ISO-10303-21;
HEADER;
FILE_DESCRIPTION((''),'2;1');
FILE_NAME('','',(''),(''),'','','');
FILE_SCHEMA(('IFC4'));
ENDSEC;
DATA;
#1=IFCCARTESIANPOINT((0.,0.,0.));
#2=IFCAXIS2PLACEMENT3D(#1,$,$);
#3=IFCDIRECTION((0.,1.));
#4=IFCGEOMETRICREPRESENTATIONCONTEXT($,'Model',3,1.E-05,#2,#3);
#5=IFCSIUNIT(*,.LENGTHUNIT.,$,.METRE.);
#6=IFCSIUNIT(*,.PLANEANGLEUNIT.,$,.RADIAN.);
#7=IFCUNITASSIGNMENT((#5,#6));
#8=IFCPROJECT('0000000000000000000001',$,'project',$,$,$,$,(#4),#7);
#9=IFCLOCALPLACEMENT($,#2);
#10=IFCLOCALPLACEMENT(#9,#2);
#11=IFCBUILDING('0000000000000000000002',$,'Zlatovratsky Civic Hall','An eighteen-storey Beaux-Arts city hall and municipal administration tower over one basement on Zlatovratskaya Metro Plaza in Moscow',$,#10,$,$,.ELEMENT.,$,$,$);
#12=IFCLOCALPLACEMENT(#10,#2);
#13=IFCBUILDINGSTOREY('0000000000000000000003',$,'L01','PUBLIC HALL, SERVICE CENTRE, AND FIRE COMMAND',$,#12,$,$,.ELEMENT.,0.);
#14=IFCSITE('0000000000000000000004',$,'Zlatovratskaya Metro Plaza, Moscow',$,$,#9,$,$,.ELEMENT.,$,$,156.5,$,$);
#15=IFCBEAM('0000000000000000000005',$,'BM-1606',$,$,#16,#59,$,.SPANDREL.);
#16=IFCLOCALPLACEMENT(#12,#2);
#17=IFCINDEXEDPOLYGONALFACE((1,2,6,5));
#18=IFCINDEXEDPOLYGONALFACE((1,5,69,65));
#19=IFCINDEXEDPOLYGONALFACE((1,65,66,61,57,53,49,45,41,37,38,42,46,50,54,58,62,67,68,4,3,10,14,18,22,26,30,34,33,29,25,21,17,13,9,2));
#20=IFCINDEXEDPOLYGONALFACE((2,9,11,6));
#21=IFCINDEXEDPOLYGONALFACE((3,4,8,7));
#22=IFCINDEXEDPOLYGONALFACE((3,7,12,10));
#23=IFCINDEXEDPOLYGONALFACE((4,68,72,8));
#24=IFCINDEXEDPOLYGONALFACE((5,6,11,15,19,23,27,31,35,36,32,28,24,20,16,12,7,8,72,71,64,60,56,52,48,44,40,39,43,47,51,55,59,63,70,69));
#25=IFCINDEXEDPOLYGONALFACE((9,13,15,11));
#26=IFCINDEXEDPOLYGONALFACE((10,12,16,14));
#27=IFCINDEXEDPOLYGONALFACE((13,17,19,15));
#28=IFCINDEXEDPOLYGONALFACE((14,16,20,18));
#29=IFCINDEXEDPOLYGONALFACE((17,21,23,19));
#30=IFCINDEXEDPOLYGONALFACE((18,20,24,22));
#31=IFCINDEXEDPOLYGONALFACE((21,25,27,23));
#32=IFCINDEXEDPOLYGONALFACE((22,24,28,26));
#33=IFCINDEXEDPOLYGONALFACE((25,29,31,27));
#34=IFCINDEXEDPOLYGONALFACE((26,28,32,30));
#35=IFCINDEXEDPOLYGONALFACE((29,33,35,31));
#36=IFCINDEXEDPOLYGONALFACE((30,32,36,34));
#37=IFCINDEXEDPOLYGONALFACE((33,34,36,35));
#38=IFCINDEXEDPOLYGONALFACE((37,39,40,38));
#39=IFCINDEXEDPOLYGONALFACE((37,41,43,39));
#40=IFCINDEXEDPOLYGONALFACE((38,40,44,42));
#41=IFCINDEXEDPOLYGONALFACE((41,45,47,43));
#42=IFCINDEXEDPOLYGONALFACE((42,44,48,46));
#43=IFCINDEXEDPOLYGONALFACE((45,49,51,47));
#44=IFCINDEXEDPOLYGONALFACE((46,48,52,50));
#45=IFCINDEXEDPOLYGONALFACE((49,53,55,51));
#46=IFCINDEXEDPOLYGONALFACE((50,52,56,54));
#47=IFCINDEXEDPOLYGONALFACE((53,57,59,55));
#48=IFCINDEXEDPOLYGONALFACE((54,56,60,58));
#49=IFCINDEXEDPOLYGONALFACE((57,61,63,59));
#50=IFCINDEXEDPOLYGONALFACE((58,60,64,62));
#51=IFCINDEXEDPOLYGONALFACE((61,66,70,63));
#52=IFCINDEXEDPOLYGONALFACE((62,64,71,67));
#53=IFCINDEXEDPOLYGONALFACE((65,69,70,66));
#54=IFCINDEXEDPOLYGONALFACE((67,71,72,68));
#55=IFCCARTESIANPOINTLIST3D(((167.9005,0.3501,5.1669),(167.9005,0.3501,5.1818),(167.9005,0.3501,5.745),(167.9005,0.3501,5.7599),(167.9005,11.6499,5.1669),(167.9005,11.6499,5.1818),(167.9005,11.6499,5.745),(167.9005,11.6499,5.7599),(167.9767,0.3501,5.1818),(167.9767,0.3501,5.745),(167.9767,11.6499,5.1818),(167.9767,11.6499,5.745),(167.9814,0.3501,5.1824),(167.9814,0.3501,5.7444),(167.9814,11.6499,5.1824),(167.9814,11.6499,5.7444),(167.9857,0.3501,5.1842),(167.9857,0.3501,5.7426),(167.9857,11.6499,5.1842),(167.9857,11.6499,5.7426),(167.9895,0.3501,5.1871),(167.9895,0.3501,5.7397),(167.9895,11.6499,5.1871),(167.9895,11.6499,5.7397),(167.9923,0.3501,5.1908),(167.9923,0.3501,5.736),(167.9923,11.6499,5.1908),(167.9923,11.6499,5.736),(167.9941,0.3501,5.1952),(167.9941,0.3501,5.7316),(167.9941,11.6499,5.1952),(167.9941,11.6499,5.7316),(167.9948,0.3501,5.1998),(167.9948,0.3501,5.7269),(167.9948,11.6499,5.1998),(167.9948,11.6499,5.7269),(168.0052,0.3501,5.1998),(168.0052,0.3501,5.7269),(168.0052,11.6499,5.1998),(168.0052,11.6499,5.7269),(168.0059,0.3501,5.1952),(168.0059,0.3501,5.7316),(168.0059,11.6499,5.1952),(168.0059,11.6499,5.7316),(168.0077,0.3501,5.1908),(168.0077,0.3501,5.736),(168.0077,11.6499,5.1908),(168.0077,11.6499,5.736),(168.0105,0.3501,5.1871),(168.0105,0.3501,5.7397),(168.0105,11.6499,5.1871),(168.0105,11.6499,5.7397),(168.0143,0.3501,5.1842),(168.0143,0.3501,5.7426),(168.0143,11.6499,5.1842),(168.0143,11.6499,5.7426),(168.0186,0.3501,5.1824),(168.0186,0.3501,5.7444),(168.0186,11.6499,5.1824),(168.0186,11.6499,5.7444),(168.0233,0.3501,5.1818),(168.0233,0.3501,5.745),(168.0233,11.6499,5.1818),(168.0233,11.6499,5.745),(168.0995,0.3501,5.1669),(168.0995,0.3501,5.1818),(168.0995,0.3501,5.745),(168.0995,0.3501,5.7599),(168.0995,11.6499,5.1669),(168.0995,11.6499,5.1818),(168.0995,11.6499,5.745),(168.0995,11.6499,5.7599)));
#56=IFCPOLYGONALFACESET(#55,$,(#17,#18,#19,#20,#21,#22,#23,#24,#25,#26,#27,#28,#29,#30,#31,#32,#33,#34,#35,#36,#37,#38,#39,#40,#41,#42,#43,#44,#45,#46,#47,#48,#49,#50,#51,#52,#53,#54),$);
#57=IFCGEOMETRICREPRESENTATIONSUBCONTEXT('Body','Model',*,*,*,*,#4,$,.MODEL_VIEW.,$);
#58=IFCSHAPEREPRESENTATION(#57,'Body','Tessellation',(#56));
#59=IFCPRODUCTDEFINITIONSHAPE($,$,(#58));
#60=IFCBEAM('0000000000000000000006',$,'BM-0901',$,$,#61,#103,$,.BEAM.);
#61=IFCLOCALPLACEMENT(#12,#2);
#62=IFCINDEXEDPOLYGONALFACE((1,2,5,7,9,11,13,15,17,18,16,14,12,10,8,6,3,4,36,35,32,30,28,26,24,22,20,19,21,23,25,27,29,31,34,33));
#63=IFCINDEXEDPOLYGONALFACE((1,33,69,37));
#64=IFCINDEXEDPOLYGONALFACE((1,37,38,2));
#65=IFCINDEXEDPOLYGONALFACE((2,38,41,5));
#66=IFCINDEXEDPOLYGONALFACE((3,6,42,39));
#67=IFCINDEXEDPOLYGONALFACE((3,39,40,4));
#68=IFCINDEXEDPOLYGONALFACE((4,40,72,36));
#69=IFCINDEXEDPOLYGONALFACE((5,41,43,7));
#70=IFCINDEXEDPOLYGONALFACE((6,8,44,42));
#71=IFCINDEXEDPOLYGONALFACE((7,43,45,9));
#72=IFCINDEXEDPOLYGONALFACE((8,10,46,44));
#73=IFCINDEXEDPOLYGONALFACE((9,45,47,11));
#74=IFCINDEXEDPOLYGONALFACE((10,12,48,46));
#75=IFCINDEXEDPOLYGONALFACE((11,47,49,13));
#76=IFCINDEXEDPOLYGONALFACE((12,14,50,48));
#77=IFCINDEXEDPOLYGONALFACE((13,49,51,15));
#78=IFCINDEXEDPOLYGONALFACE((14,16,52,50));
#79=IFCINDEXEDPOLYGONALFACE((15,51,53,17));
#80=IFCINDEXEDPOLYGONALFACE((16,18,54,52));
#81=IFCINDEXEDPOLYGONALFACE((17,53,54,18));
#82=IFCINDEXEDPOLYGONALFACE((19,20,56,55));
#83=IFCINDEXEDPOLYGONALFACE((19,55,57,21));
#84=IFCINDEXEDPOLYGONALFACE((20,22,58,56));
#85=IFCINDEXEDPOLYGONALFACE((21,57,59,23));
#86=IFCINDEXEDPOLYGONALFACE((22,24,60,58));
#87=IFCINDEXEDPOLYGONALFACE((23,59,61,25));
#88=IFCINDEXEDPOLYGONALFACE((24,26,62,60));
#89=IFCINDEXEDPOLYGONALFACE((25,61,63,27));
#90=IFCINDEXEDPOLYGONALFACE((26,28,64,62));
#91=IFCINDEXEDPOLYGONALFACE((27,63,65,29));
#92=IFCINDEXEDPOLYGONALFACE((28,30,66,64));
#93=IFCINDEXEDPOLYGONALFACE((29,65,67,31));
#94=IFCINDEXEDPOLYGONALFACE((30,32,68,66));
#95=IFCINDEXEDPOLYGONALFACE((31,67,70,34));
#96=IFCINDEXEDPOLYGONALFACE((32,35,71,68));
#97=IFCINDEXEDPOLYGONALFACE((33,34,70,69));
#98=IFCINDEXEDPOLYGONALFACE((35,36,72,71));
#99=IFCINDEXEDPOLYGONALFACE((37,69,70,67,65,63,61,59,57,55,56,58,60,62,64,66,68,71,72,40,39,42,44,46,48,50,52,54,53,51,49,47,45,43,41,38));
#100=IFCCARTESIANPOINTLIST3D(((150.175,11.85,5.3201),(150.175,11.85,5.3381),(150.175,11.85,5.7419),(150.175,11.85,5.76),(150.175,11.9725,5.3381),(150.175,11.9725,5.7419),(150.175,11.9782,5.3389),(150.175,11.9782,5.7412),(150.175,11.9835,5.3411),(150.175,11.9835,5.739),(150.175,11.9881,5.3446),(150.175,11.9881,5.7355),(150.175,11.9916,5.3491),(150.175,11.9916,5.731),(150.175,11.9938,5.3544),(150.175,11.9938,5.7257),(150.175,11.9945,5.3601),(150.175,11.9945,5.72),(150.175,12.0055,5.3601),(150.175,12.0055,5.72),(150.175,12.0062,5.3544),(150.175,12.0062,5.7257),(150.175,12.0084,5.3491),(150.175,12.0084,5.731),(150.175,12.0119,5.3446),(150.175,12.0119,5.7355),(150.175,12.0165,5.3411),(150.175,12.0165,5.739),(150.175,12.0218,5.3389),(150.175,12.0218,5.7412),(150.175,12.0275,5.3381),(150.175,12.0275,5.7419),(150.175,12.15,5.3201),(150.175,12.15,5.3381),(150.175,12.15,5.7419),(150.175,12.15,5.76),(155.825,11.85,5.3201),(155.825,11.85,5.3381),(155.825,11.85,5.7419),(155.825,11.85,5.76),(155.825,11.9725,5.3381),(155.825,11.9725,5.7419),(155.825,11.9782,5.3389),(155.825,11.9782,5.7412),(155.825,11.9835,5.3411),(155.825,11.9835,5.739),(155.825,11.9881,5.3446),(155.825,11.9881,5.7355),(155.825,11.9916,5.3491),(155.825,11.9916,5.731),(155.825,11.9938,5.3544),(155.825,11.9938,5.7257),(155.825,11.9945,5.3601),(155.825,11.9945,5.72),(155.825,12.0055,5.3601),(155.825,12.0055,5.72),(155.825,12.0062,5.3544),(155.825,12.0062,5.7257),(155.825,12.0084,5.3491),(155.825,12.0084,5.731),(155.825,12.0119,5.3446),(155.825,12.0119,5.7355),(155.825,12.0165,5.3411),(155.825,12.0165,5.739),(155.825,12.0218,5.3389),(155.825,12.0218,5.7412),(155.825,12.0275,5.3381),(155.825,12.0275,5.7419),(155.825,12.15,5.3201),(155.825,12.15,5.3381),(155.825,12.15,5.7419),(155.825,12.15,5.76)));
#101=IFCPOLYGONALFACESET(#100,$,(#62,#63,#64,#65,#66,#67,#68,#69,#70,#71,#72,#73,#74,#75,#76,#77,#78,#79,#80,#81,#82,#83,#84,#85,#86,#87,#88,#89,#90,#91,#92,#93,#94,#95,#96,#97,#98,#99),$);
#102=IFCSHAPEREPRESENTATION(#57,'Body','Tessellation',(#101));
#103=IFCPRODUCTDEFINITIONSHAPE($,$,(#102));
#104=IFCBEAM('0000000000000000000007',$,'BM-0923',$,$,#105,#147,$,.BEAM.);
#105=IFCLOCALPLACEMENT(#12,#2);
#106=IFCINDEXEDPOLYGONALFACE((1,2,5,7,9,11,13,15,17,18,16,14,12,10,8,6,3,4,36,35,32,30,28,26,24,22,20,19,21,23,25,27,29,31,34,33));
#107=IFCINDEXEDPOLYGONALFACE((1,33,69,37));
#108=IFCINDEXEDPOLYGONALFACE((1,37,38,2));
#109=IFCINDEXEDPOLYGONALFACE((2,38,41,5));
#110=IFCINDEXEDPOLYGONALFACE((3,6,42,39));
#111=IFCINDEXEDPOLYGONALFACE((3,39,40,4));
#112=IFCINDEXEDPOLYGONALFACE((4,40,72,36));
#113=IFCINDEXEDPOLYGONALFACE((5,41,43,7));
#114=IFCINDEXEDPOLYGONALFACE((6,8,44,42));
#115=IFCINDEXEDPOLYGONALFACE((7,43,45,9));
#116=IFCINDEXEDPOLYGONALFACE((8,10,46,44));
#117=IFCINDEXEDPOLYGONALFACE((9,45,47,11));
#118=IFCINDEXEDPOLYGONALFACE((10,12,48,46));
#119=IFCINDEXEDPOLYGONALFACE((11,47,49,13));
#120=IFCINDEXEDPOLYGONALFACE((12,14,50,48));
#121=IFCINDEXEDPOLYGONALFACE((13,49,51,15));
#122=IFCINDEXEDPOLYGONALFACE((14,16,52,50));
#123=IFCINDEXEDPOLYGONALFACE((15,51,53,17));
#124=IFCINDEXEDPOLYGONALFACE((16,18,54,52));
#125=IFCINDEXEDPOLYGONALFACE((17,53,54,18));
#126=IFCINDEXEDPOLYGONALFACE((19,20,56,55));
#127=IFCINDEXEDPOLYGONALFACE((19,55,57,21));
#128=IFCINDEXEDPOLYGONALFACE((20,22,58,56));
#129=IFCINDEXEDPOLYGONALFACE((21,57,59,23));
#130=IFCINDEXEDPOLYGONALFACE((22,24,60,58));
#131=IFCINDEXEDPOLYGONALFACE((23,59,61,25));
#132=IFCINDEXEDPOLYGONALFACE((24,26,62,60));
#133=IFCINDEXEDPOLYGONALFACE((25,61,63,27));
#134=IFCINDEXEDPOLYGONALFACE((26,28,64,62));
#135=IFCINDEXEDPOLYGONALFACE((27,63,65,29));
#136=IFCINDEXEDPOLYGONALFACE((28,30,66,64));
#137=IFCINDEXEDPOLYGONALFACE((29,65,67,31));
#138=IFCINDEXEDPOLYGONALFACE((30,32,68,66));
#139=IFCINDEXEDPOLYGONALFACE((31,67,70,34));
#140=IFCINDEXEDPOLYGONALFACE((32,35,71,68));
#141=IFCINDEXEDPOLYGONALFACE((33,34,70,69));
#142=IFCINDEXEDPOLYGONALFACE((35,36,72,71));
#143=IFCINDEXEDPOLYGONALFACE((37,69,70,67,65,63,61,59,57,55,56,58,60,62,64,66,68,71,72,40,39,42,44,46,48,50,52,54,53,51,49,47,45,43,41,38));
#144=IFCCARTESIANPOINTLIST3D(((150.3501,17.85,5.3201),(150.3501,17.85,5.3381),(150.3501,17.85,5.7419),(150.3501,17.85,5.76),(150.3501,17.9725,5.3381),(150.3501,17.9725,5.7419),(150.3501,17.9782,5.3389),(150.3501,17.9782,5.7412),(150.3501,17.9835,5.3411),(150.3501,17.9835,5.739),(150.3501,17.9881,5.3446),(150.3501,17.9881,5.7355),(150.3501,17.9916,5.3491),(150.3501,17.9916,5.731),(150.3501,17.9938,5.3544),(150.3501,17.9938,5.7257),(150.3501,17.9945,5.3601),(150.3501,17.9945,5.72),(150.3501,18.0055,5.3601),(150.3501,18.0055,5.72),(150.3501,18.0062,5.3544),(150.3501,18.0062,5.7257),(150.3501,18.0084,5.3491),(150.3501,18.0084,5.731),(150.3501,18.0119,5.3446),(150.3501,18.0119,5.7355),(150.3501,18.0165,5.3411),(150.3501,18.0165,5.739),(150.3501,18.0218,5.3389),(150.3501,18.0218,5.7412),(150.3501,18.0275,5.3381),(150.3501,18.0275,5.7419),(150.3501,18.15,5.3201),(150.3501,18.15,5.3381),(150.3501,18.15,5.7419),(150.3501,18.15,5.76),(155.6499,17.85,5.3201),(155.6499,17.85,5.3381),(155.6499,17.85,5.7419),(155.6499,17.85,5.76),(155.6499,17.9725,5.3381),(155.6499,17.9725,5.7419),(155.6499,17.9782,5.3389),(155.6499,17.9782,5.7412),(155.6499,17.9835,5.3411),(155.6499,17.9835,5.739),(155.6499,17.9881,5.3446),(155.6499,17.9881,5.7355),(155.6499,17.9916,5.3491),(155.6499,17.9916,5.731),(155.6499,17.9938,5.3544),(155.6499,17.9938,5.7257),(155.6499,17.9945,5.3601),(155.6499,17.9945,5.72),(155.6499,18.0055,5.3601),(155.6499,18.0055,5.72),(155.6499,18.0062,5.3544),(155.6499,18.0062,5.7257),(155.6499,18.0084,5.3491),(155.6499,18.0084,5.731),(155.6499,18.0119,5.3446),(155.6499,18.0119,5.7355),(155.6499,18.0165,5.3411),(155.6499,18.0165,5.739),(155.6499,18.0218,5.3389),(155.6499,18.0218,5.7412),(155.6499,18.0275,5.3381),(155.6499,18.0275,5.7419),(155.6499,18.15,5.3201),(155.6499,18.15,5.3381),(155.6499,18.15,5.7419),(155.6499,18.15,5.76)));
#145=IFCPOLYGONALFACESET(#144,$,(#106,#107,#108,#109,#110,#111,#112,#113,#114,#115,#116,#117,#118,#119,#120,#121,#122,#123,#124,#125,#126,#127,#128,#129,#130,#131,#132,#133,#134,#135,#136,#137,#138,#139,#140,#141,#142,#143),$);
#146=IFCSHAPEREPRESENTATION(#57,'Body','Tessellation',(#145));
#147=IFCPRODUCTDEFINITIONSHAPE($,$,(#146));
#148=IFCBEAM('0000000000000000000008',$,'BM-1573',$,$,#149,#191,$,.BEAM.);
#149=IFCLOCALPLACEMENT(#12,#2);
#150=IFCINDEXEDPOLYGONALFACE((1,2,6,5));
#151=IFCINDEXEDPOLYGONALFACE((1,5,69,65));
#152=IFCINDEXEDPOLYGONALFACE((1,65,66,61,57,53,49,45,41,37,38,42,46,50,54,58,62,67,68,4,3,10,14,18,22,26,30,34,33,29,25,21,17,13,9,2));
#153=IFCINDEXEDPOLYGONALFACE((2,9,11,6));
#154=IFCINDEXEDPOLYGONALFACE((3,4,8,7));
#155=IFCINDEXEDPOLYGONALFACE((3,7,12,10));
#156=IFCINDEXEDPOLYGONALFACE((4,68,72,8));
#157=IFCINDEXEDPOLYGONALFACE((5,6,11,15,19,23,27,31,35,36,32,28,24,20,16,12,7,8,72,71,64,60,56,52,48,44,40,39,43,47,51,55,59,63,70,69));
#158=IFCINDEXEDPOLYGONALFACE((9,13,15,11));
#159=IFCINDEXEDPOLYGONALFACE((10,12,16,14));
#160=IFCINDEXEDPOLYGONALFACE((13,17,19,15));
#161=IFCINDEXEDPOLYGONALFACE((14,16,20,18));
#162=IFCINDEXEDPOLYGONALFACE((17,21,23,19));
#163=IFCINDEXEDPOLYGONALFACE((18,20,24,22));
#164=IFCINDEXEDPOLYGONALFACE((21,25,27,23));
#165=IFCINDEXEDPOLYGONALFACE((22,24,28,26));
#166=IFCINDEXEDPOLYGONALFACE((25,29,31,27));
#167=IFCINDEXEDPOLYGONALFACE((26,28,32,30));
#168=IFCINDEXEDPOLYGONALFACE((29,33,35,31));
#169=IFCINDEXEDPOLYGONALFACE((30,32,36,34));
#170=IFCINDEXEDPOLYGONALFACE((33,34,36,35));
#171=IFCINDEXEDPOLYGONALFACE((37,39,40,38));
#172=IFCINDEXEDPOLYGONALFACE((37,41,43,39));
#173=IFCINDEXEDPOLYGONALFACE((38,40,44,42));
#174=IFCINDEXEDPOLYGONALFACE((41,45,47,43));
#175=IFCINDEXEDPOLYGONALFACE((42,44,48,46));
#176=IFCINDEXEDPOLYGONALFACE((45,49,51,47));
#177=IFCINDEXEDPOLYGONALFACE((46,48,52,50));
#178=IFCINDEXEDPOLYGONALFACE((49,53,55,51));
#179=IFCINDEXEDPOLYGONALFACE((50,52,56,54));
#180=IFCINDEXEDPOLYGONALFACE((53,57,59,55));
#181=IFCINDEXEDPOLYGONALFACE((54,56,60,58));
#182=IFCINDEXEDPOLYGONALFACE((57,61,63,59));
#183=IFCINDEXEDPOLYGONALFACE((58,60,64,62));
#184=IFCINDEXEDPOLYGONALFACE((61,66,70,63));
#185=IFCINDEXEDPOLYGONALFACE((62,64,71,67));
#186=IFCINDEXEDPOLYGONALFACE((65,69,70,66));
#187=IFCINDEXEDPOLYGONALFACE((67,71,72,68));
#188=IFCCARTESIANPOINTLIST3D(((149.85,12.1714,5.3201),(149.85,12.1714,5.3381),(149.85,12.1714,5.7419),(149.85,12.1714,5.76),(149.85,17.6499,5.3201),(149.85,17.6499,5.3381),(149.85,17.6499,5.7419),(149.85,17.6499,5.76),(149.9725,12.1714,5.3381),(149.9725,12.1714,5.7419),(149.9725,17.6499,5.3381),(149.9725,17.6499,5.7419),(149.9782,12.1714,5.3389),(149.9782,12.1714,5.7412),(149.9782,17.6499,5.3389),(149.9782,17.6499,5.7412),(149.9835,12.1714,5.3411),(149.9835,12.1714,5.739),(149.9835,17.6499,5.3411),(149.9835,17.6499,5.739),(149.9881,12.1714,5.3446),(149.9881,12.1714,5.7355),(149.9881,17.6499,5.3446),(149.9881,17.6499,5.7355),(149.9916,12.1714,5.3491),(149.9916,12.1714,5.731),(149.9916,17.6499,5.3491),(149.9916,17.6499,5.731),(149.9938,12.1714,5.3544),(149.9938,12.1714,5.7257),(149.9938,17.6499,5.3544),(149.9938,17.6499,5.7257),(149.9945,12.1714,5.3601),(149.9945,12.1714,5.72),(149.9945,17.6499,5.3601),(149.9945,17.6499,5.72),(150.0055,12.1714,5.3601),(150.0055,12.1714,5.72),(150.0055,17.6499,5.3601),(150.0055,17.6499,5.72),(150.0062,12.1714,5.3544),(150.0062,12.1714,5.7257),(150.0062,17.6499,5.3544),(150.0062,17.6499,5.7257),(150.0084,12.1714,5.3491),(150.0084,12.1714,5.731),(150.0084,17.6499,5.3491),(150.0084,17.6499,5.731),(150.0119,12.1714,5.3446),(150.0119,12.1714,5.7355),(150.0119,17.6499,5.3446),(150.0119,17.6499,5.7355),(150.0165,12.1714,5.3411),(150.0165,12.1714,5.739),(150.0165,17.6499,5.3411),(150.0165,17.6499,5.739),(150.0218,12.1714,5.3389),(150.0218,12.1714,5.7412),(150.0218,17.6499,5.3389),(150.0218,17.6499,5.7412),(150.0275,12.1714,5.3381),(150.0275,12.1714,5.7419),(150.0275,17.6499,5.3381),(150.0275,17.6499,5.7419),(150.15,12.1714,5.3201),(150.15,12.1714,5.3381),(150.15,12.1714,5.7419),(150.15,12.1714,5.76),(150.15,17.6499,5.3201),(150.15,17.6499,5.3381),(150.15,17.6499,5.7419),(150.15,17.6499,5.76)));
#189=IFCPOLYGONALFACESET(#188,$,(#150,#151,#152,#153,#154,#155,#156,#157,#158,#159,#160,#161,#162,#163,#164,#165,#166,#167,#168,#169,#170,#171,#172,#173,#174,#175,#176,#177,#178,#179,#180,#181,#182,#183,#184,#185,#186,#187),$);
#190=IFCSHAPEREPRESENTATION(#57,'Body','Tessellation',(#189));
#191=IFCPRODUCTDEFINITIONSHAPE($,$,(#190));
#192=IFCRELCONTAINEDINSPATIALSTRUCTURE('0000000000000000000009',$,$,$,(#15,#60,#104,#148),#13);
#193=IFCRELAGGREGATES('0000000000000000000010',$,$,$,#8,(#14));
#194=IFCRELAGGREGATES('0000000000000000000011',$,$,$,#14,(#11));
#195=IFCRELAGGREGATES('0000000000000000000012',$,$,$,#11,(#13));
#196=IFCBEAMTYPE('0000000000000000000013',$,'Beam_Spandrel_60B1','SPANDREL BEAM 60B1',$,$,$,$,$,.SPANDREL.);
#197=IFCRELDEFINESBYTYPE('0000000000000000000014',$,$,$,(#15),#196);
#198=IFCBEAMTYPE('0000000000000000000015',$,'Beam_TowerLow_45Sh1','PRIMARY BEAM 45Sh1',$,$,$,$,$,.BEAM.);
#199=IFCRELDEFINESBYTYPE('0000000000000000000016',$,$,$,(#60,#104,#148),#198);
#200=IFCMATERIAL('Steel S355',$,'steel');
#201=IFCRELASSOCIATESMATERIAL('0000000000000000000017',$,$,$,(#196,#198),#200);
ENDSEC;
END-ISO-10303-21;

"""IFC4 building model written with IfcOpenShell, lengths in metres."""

from ifc_helpers import new_model, si_unit, direction, frame, origin, origin_2d, place, context, subcontext, project, spatial, i_section, extrude, material, material_profile, profile_set, type_object, element, save


model = new_model("IFC4")

# Units and contexts
model_context = context("Model", 3, precision=1e-05, world=origin(), true_north=direction((0.0, 1.0)))
body_context = subcontext(model_context, "Body", "Model", "MODEL_VIEW")
ifc_project = project(units=[si_unit("LENGTHUNIT", "METRE"), si_unit("PLANEANGLEUNIT", "RADIAN")], contexts=[model_context])

# Site, building, storey
site_placement = place(None, origin())
site = spatial("IfcSite", under=ifc_project, at=site_placement, Name="Zlatovratskaya Metro Plaza, Moscow", CompositionType="ELEMENT", RefElevation=156.5)
building_placement = place(site_placement, origin())
building = spatial("IfcBuilding", under=site, at=building_placement, Name="Zlatovratsky Civic Hall", Description="An eighteen-storey Beaux-Arts city hall and municipal administration tower over one basement on Zlatovratskaya Metro Plaza in Moscow", CompositionType="ELEMENT")
storey_placement = place(building_placement, origin())
storey = spatial("IfcBuildingStorey", under=building, at=storey_placement, Name="L01", Description="PUBLIC HALL, SERVICE CENTRE, AND FIRE COMMAND", CompositionType="ELEMENT", Elevation=0.0)

# Shared definitions
ifc_material_1 = material(Name="Steel S355", Category="steel")

# Beams
ifc_material_profile_1 = material_profile(ifc_material_1, i_section(OverallWidth=0.199, OverallDepth=0.593, WebThickness=0.0105, FlangeThickness=0.0149, FilletRadius=0.0181, at=origin_2d()), Name="60B1")
ifc_profile_set_1 = profile_set([ifc_material_profile_1], Name="Steel S355")
beam_type_1 = type_object("IfcBeamType", Name="Beam_Spandrel_60B1", Description="SPANDREL BEAM 60B1", PredefinedType="SPANDREL", material=ifc_profile_set_1)
for number, where, z_axis, x_axis, name in (
    (1, (168.0, 0.3501, 5.4634), (0.0, 1.0, 0.0), (-1.0, 0.0, 0.0), "BM-1606"),
):
    element("IfcBeam", number, at=place(storey_placement, frame(where, z_axis=z_axis, x_axis=x_axis)), inside=storey, type_object=beam_type_1, Name=name, PredefinedType="SPANDREL", context=body_context, shape_type="SweptSolid", body=[
        extrude(i_section(OverallWidth=0.199, OverallDepth=0.593, WebThickness=0.0105, FlangeThickness=0.0149, FilletRadius=0.0181, at=origin_2d()), origin(), (0.0, 0.0, 1.0), 11.2998),
    ])
ifc_material_profile_2 = material_profile(ifc_material_1, i_section(OverallWidth=0.3, OverallDepth=0.4399, WebThickness=0.011, FlangeThickness=0.0181, FilletRadius=0.022, at=origin_2d()), Name="45Sh1")
ifc_profile_set_2 = profile_set([ifc_material_profile_2], Name="Steel S355")
beam_type_2 = type_object("IfcBeamType", Name="Beam_TowerLow_45Sh1", Description="PRIMARY BEAM 45Sh1", PredefinedType="BEAM", material=ifc_profile_set_2)
beam_1_placement = place(storey_placement, frame((150.175, 12.0, 5.54), z_axis=(1.0, 0.0, 0.0), x_axis=(0.0, 1.0, 0.0)))
element("IfcBeam", 2, at=beam_1_placement, inside=storey, type_object=beam_type_2, Name="BM-0901", PredefinedType="BEAM", context=body_context, shape_type="SweptSolid", body=[
    extrude(i_section(OverallWidth=0.3, OverallDepth=0.4399, WebThickness=0.011, FlangeThickness=0.0181, FilletRadius=0.022, at=origin_2d()), origin(), (0.0, 0.0, 1.0), 5.6499),
])
beam_2_placement = place(storey_placement, frame((150.3501, 18.0, 5.54), z_axis=(1.0, 0.0, 0.0), x_axis=(0.0, 1.0, 0.0)))
element("IfcBeam", 3, at=beam_2_placement, inside=storey, type_object=beam_type_2, Name="BM-0923", PredefinedType="BEAM", context=body_context, shape_type="SweptSolid", body=[
    extrude(i_section(OverallWidth=0.3, OverallDepth=0.4399, WebThickness=0.011, FlangeThickness=0.0181, FilletRadius=0.022, at=origin_2d()), origin(), (0.0, 0.0, 1.0), 5.2998),
])
for number, where, z_axis, x_axis, name in (
    (4, (150.0, 12.1714, 5.54), (0.0, 1.0, 0.0), (-1.0, 0.0, 0.0), "BM-1573"),
):
    element("IfcBeam", number, at=place(storey_placement, frame(where, z_axis=z_axis, x_axis=x_axis)), inside=storey, type_object=beam_type_2, Name=name, PredefinedType="BEAM", context=body_context, shape_type="SweptSolid", body=[
        extrude(i_section(OverallWidth=0.3, OverallDepth=0.4399, WebThickness=0.011, FlangeThickness=0.0181, FilletRadius=0.022, at=origin_2d()), origin(), (0.0, 0.0, 1.0), 5.4785),
    ])

save(model, "model.ifc")
